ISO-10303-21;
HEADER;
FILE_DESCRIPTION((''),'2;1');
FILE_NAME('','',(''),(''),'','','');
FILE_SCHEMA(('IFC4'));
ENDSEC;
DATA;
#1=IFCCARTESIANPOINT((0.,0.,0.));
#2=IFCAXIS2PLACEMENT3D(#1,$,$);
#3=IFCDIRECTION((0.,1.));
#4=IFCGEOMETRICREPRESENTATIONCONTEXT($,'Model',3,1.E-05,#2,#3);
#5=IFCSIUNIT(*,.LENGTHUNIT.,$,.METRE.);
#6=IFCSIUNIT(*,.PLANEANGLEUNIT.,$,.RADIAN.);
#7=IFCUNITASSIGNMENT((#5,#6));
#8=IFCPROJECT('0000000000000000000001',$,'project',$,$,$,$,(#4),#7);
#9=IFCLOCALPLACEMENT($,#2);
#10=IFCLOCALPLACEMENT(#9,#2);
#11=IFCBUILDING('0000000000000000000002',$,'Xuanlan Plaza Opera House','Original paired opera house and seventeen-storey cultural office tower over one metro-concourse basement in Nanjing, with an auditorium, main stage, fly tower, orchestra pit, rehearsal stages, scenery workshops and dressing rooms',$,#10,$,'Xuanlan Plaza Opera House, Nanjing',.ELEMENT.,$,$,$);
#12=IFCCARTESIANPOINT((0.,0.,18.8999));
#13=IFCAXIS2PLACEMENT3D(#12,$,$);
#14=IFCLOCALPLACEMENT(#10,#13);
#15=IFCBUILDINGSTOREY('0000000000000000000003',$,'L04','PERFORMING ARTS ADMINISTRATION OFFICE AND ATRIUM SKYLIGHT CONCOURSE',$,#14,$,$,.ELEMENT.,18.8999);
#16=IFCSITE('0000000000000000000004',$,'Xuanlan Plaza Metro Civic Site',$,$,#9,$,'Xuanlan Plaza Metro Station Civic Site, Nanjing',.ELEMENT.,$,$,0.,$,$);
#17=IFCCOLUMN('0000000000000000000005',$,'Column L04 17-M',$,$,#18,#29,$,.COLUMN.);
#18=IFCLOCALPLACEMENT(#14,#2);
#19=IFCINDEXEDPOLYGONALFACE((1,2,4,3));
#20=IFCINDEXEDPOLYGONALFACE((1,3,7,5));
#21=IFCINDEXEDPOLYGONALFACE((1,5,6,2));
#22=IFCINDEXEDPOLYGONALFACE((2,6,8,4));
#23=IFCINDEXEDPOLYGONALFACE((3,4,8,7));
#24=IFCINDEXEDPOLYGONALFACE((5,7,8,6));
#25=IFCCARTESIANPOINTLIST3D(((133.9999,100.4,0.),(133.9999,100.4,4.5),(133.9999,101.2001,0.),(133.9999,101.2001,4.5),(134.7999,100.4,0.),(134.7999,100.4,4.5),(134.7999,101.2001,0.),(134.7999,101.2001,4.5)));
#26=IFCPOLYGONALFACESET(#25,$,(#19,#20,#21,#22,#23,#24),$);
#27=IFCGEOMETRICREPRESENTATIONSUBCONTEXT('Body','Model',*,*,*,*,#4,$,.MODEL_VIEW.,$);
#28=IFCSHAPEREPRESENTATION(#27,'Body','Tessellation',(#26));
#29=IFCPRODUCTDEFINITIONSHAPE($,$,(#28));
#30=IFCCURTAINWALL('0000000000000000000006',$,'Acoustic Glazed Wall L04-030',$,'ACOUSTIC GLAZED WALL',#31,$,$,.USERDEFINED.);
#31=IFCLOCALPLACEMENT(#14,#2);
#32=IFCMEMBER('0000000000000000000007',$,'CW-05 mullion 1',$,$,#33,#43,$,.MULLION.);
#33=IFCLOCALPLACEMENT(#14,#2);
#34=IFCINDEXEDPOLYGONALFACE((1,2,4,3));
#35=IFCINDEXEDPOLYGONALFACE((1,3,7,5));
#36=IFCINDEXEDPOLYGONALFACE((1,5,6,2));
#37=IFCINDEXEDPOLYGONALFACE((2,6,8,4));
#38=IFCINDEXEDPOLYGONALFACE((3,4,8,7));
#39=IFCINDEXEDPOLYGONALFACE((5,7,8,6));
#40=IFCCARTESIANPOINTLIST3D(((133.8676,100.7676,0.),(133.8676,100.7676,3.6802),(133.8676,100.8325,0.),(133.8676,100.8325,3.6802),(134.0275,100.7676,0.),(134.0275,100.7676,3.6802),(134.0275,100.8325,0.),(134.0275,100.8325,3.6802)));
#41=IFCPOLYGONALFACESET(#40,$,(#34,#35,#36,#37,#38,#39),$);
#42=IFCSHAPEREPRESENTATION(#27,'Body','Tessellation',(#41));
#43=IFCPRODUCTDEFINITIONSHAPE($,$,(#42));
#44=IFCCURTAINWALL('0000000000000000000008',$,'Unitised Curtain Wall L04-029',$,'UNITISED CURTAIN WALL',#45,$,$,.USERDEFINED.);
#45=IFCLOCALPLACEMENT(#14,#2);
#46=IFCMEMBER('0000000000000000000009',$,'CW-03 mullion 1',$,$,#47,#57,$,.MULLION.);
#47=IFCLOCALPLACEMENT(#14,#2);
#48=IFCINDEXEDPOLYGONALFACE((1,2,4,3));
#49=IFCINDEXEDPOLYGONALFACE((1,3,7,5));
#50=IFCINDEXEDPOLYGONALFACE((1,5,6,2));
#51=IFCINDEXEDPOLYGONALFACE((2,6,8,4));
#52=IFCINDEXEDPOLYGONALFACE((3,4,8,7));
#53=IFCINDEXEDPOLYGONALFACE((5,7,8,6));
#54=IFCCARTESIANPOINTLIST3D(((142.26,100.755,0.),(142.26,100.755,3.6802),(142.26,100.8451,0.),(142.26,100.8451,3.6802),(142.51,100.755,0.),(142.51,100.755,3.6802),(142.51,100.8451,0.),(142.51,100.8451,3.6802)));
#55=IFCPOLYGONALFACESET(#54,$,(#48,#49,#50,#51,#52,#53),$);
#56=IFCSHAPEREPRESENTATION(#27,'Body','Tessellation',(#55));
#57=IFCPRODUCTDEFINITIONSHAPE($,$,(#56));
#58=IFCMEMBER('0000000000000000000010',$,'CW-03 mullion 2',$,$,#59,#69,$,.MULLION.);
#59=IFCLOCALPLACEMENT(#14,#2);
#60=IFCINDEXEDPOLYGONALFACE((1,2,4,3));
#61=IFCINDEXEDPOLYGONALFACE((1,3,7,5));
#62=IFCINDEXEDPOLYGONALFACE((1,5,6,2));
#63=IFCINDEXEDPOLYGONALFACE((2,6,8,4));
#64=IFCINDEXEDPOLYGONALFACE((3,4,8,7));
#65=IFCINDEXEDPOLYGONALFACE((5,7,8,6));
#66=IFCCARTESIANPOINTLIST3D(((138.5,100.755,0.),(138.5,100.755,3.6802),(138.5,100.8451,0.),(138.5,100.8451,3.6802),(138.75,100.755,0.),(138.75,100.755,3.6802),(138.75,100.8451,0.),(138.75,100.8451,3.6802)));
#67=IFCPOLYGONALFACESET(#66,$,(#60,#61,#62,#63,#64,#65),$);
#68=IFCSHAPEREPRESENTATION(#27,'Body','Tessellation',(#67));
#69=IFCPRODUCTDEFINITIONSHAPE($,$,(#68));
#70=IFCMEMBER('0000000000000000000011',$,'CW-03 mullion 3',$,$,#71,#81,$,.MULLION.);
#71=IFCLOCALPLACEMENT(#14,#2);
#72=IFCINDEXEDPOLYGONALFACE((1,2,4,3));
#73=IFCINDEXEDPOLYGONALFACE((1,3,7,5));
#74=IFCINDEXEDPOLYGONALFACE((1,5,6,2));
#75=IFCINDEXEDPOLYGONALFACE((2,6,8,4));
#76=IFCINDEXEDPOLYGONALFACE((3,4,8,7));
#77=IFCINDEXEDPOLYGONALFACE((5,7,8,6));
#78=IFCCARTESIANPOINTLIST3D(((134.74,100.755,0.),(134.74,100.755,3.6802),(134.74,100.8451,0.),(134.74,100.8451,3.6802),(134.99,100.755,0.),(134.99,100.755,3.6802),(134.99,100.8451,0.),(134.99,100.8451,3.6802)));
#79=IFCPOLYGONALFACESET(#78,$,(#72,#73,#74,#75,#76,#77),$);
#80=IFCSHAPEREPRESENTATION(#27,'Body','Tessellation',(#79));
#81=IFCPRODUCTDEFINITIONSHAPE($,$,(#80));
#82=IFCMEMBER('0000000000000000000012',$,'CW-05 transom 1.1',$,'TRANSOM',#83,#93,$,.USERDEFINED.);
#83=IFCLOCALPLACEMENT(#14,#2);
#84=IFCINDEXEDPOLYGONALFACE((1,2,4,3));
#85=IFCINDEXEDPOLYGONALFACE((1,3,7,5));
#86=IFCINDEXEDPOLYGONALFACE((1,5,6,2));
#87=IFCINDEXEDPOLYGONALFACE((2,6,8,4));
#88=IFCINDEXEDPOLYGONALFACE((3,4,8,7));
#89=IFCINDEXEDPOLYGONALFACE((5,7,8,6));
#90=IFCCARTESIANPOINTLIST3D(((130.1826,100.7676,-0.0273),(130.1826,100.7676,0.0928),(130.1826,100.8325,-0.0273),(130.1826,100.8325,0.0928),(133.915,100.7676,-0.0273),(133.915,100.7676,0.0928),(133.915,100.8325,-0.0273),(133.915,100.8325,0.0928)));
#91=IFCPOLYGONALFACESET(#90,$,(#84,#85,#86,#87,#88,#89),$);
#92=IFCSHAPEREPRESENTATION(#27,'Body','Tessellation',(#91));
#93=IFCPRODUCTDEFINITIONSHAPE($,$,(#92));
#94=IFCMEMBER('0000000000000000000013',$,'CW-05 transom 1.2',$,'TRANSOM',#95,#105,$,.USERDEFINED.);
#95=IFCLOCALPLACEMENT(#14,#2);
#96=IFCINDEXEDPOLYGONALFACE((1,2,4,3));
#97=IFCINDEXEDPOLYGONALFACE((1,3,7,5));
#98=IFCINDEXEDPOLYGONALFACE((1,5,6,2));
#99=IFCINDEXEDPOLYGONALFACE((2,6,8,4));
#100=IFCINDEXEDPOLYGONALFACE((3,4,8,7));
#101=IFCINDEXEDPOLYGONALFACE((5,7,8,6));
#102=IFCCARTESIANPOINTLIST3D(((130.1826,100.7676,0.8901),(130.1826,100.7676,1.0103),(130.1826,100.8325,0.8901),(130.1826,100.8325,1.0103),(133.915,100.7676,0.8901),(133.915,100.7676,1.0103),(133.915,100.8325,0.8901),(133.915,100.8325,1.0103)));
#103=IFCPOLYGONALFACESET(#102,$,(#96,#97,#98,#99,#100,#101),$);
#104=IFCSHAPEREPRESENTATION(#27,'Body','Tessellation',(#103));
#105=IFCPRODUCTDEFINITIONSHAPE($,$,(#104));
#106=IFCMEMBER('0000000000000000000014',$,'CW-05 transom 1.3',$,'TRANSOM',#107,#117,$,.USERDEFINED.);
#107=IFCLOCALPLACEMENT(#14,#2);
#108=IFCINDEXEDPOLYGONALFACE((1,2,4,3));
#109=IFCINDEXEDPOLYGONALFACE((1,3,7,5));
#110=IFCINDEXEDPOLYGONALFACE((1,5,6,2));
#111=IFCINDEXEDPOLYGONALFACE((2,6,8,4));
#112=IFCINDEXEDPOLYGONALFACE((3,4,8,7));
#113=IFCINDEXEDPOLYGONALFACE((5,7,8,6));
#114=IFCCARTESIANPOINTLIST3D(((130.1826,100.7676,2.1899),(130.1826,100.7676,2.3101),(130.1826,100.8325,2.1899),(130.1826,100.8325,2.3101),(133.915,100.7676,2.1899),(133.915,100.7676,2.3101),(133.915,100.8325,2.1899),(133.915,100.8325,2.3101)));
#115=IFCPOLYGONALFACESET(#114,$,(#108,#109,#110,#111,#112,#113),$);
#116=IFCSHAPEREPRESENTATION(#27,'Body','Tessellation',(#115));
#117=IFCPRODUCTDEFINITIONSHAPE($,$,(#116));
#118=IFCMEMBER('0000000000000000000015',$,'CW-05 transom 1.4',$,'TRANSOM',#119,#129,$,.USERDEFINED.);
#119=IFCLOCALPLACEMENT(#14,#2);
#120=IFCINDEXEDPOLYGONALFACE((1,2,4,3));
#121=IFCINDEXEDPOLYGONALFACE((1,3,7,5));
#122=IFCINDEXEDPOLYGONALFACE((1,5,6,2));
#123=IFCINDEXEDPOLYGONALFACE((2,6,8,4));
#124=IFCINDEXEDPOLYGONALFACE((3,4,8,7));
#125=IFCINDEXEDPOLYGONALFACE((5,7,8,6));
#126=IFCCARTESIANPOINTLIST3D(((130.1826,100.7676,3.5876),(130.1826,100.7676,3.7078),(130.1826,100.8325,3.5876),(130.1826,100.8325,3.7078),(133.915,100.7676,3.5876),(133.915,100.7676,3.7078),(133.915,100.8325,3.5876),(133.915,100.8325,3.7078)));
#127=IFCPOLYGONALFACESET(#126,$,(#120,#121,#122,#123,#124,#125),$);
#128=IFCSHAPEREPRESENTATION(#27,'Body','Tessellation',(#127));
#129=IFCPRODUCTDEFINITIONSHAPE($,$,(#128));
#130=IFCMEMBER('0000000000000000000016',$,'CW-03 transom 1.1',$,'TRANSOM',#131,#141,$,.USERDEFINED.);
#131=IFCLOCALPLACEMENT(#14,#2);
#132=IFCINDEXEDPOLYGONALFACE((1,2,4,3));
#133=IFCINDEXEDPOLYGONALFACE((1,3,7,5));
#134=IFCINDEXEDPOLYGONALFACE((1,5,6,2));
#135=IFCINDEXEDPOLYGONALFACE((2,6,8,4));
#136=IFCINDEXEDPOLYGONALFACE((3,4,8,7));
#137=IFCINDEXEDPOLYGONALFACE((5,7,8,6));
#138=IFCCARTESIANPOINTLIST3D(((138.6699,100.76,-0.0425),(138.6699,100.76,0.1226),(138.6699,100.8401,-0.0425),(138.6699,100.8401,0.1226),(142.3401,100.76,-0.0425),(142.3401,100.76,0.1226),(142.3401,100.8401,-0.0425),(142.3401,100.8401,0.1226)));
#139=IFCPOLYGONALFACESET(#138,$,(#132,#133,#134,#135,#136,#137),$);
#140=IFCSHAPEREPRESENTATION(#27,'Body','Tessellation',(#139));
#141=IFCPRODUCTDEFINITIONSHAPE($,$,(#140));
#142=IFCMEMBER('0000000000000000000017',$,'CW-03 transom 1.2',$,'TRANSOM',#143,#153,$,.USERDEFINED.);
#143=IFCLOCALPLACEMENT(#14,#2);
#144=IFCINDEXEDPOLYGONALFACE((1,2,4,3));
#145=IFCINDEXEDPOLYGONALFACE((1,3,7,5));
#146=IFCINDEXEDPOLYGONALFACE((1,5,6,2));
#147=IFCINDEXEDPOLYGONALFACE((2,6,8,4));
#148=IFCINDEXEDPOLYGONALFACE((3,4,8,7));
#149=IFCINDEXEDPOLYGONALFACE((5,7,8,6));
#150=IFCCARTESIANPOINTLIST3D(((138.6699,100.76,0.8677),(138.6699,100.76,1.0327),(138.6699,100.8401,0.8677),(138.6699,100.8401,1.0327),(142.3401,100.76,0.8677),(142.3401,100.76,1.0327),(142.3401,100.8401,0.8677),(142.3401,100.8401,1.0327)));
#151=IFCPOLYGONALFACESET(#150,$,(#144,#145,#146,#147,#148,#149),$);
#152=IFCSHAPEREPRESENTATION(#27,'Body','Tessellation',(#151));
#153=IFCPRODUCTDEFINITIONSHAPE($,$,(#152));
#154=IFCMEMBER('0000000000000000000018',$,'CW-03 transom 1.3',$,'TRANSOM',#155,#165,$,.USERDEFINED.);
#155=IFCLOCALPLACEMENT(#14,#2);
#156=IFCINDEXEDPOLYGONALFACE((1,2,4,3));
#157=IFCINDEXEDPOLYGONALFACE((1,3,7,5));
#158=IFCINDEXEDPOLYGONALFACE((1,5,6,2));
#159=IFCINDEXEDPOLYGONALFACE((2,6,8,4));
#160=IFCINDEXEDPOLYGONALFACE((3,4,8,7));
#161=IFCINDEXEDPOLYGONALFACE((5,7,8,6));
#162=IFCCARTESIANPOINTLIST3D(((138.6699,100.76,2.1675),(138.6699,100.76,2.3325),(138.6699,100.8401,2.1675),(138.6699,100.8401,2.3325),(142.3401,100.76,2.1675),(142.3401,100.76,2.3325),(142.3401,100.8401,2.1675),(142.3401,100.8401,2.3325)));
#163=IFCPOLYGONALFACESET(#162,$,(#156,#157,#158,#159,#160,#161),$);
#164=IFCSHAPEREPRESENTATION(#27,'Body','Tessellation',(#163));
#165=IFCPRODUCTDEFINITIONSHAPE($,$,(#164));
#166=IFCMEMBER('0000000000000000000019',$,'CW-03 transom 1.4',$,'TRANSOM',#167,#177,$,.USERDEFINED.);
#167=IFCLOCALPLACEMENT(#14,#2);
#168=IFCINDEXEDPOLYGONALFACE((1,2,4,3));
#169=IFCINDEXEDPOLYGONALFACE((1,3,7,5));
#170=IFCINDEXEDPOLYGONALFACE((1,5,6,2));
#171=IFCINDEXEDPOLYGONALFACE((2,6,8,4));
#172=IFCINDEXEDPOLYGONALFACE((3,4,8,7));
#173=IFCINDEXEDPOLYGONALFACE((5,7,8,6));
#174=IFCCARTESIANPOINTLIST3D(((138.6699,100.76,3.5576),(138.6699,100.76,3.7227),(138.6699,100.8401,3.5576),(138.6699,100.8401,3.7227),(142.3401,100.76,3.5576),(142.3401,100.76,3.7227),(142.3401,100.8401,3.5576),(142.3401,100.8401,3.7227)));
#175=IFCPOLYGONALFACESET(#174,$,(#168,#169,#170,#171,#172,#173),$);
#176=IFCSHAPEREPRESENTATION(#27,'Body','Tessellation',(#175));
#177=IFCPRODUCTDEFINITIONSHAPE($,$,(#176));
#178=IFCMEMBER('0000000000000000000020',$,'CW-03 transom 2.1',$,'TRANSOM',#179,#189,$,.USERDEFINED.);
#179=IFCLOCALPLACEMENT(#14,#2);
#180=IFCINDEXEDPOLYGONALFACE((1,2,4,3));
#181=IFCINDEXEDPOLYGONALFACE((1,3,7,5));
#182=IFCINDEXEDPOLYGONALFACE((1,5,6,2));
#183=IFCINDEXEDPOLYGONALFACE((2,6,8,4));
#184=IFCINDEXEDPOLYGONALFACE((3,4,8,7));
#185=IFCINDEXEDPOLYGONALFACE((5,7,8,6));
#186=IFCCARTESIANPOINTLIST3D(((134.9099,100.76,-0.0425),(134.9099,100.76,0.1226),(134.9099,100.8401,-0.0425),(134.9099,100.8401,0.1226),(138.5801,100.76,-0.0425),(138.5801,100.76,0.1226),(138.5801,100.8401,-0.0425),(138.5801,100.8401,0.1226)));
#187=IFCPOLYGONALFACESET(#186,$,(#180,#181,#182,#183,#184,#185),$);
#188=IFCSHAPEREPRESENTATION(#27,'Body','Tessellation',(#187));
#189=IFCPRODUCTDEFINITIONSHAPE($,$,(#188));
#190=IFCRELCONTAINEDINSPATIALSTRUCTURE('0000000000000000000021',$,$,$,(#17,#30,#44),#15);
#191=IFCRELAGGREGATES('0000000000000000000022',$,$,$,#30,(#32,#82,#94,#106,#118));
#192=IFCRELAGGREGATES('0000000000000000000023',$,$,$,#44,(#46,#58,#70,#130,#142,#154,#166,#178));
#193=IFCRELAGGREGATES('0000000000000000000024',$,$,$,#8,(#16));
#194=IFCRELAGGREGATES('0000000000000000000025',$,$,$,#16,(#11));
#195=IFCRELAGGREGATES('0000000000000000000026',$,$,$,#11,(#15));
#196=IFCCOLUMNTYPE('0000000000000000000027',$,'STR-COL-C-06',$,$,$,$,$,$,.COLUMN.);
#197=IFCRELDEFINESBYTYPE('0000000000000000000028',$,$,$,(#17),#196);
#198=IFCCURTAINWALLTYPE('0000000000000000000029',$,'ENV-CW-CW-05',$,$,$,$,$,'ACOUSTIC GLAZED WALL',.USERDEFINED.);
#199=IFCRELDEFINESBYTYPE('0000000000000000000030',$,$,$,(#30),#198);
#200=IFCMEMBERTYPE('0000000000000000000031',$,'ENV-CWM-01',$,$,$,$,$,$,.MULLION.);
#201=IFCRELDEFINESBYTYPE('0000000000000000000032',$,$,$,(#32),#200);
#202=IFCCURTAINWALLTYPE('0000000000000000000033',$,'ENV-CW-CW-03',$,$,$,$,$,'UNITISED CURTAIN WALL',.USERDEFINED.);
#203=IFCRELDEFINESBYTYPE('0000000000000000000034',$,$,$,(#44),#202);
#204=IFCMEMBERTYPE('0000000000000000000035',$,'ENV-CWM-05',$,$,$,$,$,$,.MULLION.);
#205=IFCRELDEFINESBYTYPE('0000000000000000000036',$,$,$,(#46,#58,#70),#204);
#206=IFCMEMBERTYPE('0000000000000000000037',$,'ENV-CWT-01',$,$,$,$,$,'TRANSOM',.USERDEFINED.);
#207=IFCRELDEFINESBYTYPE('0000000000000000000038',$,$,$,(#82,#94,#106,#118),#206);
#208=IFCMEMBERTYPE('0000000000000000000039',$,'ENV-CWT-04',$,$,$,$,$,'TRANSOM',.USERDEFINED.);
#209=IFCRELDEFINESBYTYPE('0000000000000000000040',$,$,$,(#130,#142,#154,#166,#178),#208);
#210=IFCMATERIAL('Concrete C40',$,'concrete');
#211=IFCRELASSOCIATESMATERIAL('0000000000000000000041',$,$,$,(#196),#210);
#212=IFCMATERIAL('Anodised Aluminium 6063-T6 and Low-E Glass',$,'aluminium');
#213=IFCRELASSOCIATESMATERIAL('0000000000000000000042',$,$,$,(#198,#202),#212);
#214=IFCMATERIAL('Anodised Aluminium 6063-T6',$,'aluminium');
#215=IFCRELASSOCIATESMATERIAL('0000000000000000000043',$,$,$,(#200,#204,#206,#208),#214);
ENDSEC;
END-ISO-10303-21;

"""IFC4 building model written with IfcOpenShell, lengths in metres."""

from ifc_helpers import new_model, si_unit, direction, frame, origin, origin_2d, place, context, subcontext, project, spatial, rectangle, extrude, material, material_profile, profile_set, type_object, element, aggregate, save


model = new_model("IFC4")

# Units and contexts
model_context = context("Model", 3, precision=1e-05, world=origin(), true_north=direction((0.0, 1.0)))
body_context = subcontext(model_context, "Body", "Model", "MODEL_VIEW")
ifc_project = project(units=[si_unit("LENGTHUNIT", "METRE"), si_unit("PLANEANGLEUNIT", "RADIAN")], contexts=[model_context])

# Site, building, storey
site_placement = place(None, origin())
site = spatial("IfcSite", under=ifc_project, at=site_placement, Name="Xuanlan Plaza Metro Civic Site", LongName="Xuanlan Plaza Metro Station Civic Site, Nanjing", CompositionType="ELEMENT", RefElevation=0.0)
building_placement = place(site_placement, origin())
building = spatial("IfcBuilding", under=site, at=building_placement, Name="Xuanlan Plaza Opera House", Description="Original paired opera house and seventeen-storey cultural office tower over one metro-concourse basement in Nanjing, with an auditorium, main stage, fly tower, orchestra pit, rehearsal stages, scenery workshops and dressing rooms", LongName="Xuanlan Plaza Opera House, Nanjing", CompositionType="ELEMENT")
storey_placement = place(building_placement, frame((0.0, 0.0, 18.8999)))
storey = spatial("IfcBuildingStorey", under=building, at=storey_placement, Name="L04", Description="PERFORMING ARTS ADMINISTRATION OFFICE AND ATRIUM SKYLIGHT CONCOURSE", CompositionType="ELEMENT", Elevation=18.8999)

# Column
ifc_material_1 = material(Name="Concrete C40", Category="concrete")
ifc_material_profile_1 = material_profile(ifc_material_1, rectangle(XDim=0.8, YDim=0.8, at=origin_2d()), Name="RC-COL 800x800")
ifc_profile_set_1 = profile_set([ifc_material_profile_1], Name="Concrete C40")
column_type = type_object("IfcColumnType", Name="STR-COL-C-06", PredefinedType="COLUMN", material=ifc_profile_set_1)
column_placement = place(storey_placement, frame((134.3999, 100.8, 0.0), z_axis=(0.0, 0.0, 1.0), x_axis=(1.0, 0.0, 0.0)))
element("IfcColumn", 1, at=column_placement, inside=storey, type_object=column_type, Name="Column L04 17-M", PredefinedType="COLUMN", context=body_context, shape_type="SweptSolid", body=[
    extrude(rectangle(XDim=0.8, YDim=0.8, at=origin_2d()), origin(), (0.0, 0.0, 1.0), 4.5),
])

# Curtain wall, member
ifc_material_2 = material(Name="Anodised Aluminium 6063-T6 and Low-E Glass", Category="aluminium")
curtain_wall_type_1 = type_object("IfcCurtainWallType", Name="ENV-CW-CW-05", ElementType="ACOUSTIC GLAZED WALL", PredefinedType="USERDEFINED", material=ifc_material_2)
curtain_wall_1_placement = place(storey_placement, origin())
curtain_wall_1 = element("IfcCurtainWall", 2, at=curtain_wall_1_placement, inside=storey, type_object=curtain_wall_type_1, Name="Acoustic Glazed Wall L04-030", ObjectType="ACOUSTIC GLAZED WALL", PredefinedType="USERDEFINED")
ifc_material_3 = material(Name="Anodised Aluminium 6063-T6", Category="aluminium")
ifc_material_profile_2 = material_profile(ifc_material_3, rectangle(XDim=0.0649, YDim=0.1599, at=origin_2d()), Name="ALU-M 65x160")
ifc_profile_set_2 = profile_set([ifc_material_profile_2], Name="Anodised Aluminium 6063-T6")
member_type_1 = type_object("IfcMemberType", Name="ENV-CWM-01", PredefinedType="MULLION", material=ifc_profile_set_2)
member_1_placement = place(storey_placement, frame((133.9475, 100.8, 0.0), z_axis=(0.0, 0.0, 1.0), x_axis=(0.0, -1.0, 0.0)))
member_1 = element("IfcMember", 3, at=member_1_placement, type_object=member_type_1, Name="CW-05 mullion 1", PredefinedType="MULLION", context=body_context, shape_type="SweptSolid", body=[
    extrude(rectangle(XDim=0.0649, YDim=0.1599, at=origin_2d()), origin(), (0.0, 0.0, 1.0), 3.6802),
])

# Curtain wall, members
curtain_wall_type_2 = type_object("IfcCurtainWallType", Name="ENV-CW-CW-03", ElementType="UNITISED CURTAIN WALL", PredefinedType="USERDEFINED", material=ifc_material_2)
curtain_wall_2_placement = place(storey_placement, origin())
curtain_wall_2 = element("IfcCurtainWall", 4, at=curtain_wall_2_placement, inside=storey, type_object=curtain_wall_type_2, Name="Unitised Curtain Wall L04-029", ObjectType="UNITISED CURTAIN WALL", PredefinedType="USERDEFINED")
ifc_material_profile_3 = material_profile(ifc_material_3, rectangle(XDim=0.0901, YDim=0.25, at=origin_2d()), Name="ALU-M 90x250")
ifc_profile_set_3 = profile_set([ifc_material_profile_3], Name="Anodised Aluminium 6063-T6")
member_type_2 = type_object("IfcMemberType", Name="ENV-CWM-05", PredefinedType="MULLION", material=ifc_profile_set_3)
member_2_placement = place(storey_placement, frame((142.385, 100.8, 0.0), z_axis=(0.0, 0.0, 1.0), x_axis=(0.0, -1.0, 0.0)))
member_2 = element("IfcMember", 5, at=member_2_placement, type_object=member_type_2, Name="CW-03 mullion 1", PredefinedType="MULLION", context=body_context, shape_type="SweptSolid", body=[
    extrude(rectangle(XDim=0.0901, YDim=0.25, at=origin_2d()), origin(), (0.0, 0.0, 1.0), 3.6802),
])
member_3_placement = place(storey_placement, frame((138.625, 100.8, 0.0), z_axis=(0.0, 0.0, 1.0), x_axis=(0.0, -1.0, 0.0)))
member_3 = element("IfcMember", 6, at=member_3_placement, type_object=member_type_2, Name="CW-03 mullion 2", PredefinedType="MULLION", context=body_context, shape_type="SweptSolid", body=[
    extrude(rectangle(XDim=0.0901, YDim=0.25, at=origin_2d()), origin(), (0.0, 0.0, 1.0), 3.6802),
])
member_4_placement = place(storey_placement, frame((134.865, 100.8, 0.0), z_axis=(0.0, 0.0, 1.0), x_axis=(0.0, -1.0, 0.0)))
member_4 = element("IfcMember", 7, at=member_4_placement, type_object=member_type_2, Name="CW-03 mullion 3", PredefinedType="MULLION", context=body_context, shape_type="SweptSolid", body=[
    extrude(rectangle(XDim=0.0901, YDim=0.25, at=origin_2d()), origin(), (0.0, 0.0, 1.0), 3.6802),
])

# Members
ifc_material_profile_4 = material_profile(ifc_material_3, rectangle(XDim=0.0649, YDim=0.1201, at=origin_2d()), Name="ALU-T 65x120")
ifc_profile_set_4 = profile_set([ifc_material_profile_4], Name="Anodised Aluminium 6063-T6")
member_type_3 = type_object("IfcMemberType", Name="ENV-CWT-01", ElementType="TRANSOM", PredefinedType="USERDEFINED", material=ifc_profile_set_4)
member_5_placement = place(storey_placement, frame((133.915, 100.8, 0.0327), z_axis=(-1.0, 0.0, 0.0), x_axis=(0.0, -1.0, 0.0)))
member_5 = element("IfcMember", 8, at=member_5_placement, type_object=member_type_3, Name="CW-05 transom 1.1", ObjectType="TRANSOM", PredefinedType="USERDEFINED", context=body_context, shape_type="SweptSolid", body=[
    extrude(rectangle(XDim=0.0649, YDim=0.1201, at=origin_2d()), origin(), (0.0, 0.0, 1.0), 3.7324),
])
member_6_placement = place(storey_placement, frame((133.915, 100.8, 0.9502), z_axis=(-1.0, 0.0, 0.0), x_axis=(0.0, -1.0, 0.0)))
member_6 = element("IfcMember", 9, at=member_6_placement, type_object=member_type_3, Name="CW-05 transom 1.2", ObjectType="TRANSOM", PredefinedType="USERDEFINED", context=body_context, shape_type="SweptSolid", body=[
    extrude(rectangle(XDim=0.0649, YDim=0.1201, at=origin_2d()), origin(), (0.0, 0.0, 1.0), 3.7324),
])
member_7_placement = place(storey_placement, frame((133.915, 100.8, 2.25), z_axis=(-1.0, 0.0, 0.0), x_axis=(0.0, -1.0, 0.0)))
member_7 = element("IfcMember", 10, at=member_7_placement, type_object=member_type_3, Name="CW-05 transom 1.3", ObjectType="TRANSOM", PredefinedType="USERDEFINED", context=body_context, shape_type="SweptSolid", body=[
    extrude(rectangle(XDim=0.0649, YDim=0.1201, at=origin_2d()), origin(), (0.0, 0.0, 1.0), 3.7324),
])
member_8_placement = place(storey_placement, frame((133.915, 100.8, 3.6477), z_axis=(-1.0, 0.0, 0.0), x_axis=(0.0, -1.0, 0.0)))
member_8 = element("IfcMember", 11, at=member_8_placement, type_object=member_type_3, Name="CW-05 transom 1.4", ObjectType="TRANSOM", PredefinedType="USERDEFINED", context=body_context, shape_type="SweptSolid", body=[
    extrude(rectangle(XDim=0.0649, YDim=0.1201, at=origin_2d()), origin(), (0.0, 0.0, 1.0), 3.7324),
])
aggregate(curtain_wall_1, [member_1, member_5, member_6, member_7, member_8])
ifc_material_profile_5 = material_profile(ifc_material_3, rectangle(XDim=0.0801, YDim=0.165, at=origin_2d()), Name="ALU-T 80x165")
ifc_profile_set_5 = profile_set([ifc_material_profile_5], Name="Anodised Aluminium 6063-T6")
member_type_4 = type_object("IfcMemberType", Name="ENV-CWT-04", ElementType="TRANSOM", PredefinedType="USERDEFINED", material=ifc_profile_set_5)
member_9_placement = place(storey_placement, frame((142.3401, 100.8, 0.04), z_axis=(-1.0, 0.0, 0.0), x_axis=(0.0, -1.0, 0.0)))
member_9 = element("IfcMember", 12, at=member_9_placement, type_object=member_type_4, Name="CW-03 transom 1.1", ObjectType="TRANSOM", PredefinedType="USERDEFINED", context=body_context, shape_type="SweptSolid", body=[
    extrude(rectangle(XDim=0.0801, YDim=0.165, at=origin_2d()), origin(), (0.0, 0.0, 1.0), 3.6702),
])
member_10_placement = place(storey_placement, frame((142.3401, 100.8, 0.9502), z_axis=(-1.0, 0.0, 0.0), x_axis=(0.0, -1.0, 0.0)))
member_10 = element("IfcMember", 13, at=member_10_placement, type_object=member_type_4, Name="CW-03 transom 1.2", ObjectType="TRANSOM", PredefinedType="USERDEFINED", context=body_context, shape_type="SweptSolid", body=[
    extrude(rectangle(XDim=0.0801, YDim=0.165, at=origin_2d()), origin(), (0.0, 0.0, 1.0), 3.6702),
])
member_11_placement = place(storey_placement, frame((142.3401, 100.8, 2.25), z_axis=(-1.0, 0.0, 0.0), x_axis=(0.0, -1.0, 0.0)))
member_11 = element("IfcMember", 14, at=member_11_placement, type_object=member_type_4, Name="CW-03 transom 1.3", ObjectType="TRANSOM", PredefinedType="USERDEFINED", context=body_context, shape_type="SweptSolid", body=[
    extrude(rectangle(XDim=0.0801, YDim=0.165, at=origin_2d()), origin(), (0.0, 0.0, 1.0), 3.6702),
])
member_12_placement = place(storey_placement, frame((142.3401, 100.8, 3.6401), z_axis=(-1.0, 0.0, 0.0), x_axis=(0.0, -1.0, 0.0)))
member_12 = element("IfcMember", 15, at=member_12_placement, type_object=member_type_4, Name="CW-03 transom 1.4", ObjectType="TRANSOM", PredefinedType="USERDEFINED", context=body_context, shape_type="SweptSolid", body=[
    extrude(rectangle(XDim=0.0801, YDim=0.165, at=origin_2d()), origin(), (0.0, 0.0, 1.0), 3.6702),
])
member_13_placement = place(storey_placement, frame((138.5801, 100.8, 0.04), z_axis=(-1.0, 0.0, 0.0), x_axis=(0.0, -1.0, 0.0)))
member_13 = element("IfcMember", 16, at=member_13_placement, type_object=member_type_4, Name="CW-03 transom 2.1", ObjectType="TRANSOM", PredefinedType="USERDEFINED", context=body_context, shape_type="SweptSolid", body=[
    extrude(rectangle(XDim=0.0801, YDim=0.165, at=origin_2d()), origin(), (0.0, 0.0, 1.0), 3.6702),
])

aggregate(curtain_wall_2, [member_2, member_3, member_4, member_9, member_10, member_11, member_12, member_13])

save(model, "model.ifc")
